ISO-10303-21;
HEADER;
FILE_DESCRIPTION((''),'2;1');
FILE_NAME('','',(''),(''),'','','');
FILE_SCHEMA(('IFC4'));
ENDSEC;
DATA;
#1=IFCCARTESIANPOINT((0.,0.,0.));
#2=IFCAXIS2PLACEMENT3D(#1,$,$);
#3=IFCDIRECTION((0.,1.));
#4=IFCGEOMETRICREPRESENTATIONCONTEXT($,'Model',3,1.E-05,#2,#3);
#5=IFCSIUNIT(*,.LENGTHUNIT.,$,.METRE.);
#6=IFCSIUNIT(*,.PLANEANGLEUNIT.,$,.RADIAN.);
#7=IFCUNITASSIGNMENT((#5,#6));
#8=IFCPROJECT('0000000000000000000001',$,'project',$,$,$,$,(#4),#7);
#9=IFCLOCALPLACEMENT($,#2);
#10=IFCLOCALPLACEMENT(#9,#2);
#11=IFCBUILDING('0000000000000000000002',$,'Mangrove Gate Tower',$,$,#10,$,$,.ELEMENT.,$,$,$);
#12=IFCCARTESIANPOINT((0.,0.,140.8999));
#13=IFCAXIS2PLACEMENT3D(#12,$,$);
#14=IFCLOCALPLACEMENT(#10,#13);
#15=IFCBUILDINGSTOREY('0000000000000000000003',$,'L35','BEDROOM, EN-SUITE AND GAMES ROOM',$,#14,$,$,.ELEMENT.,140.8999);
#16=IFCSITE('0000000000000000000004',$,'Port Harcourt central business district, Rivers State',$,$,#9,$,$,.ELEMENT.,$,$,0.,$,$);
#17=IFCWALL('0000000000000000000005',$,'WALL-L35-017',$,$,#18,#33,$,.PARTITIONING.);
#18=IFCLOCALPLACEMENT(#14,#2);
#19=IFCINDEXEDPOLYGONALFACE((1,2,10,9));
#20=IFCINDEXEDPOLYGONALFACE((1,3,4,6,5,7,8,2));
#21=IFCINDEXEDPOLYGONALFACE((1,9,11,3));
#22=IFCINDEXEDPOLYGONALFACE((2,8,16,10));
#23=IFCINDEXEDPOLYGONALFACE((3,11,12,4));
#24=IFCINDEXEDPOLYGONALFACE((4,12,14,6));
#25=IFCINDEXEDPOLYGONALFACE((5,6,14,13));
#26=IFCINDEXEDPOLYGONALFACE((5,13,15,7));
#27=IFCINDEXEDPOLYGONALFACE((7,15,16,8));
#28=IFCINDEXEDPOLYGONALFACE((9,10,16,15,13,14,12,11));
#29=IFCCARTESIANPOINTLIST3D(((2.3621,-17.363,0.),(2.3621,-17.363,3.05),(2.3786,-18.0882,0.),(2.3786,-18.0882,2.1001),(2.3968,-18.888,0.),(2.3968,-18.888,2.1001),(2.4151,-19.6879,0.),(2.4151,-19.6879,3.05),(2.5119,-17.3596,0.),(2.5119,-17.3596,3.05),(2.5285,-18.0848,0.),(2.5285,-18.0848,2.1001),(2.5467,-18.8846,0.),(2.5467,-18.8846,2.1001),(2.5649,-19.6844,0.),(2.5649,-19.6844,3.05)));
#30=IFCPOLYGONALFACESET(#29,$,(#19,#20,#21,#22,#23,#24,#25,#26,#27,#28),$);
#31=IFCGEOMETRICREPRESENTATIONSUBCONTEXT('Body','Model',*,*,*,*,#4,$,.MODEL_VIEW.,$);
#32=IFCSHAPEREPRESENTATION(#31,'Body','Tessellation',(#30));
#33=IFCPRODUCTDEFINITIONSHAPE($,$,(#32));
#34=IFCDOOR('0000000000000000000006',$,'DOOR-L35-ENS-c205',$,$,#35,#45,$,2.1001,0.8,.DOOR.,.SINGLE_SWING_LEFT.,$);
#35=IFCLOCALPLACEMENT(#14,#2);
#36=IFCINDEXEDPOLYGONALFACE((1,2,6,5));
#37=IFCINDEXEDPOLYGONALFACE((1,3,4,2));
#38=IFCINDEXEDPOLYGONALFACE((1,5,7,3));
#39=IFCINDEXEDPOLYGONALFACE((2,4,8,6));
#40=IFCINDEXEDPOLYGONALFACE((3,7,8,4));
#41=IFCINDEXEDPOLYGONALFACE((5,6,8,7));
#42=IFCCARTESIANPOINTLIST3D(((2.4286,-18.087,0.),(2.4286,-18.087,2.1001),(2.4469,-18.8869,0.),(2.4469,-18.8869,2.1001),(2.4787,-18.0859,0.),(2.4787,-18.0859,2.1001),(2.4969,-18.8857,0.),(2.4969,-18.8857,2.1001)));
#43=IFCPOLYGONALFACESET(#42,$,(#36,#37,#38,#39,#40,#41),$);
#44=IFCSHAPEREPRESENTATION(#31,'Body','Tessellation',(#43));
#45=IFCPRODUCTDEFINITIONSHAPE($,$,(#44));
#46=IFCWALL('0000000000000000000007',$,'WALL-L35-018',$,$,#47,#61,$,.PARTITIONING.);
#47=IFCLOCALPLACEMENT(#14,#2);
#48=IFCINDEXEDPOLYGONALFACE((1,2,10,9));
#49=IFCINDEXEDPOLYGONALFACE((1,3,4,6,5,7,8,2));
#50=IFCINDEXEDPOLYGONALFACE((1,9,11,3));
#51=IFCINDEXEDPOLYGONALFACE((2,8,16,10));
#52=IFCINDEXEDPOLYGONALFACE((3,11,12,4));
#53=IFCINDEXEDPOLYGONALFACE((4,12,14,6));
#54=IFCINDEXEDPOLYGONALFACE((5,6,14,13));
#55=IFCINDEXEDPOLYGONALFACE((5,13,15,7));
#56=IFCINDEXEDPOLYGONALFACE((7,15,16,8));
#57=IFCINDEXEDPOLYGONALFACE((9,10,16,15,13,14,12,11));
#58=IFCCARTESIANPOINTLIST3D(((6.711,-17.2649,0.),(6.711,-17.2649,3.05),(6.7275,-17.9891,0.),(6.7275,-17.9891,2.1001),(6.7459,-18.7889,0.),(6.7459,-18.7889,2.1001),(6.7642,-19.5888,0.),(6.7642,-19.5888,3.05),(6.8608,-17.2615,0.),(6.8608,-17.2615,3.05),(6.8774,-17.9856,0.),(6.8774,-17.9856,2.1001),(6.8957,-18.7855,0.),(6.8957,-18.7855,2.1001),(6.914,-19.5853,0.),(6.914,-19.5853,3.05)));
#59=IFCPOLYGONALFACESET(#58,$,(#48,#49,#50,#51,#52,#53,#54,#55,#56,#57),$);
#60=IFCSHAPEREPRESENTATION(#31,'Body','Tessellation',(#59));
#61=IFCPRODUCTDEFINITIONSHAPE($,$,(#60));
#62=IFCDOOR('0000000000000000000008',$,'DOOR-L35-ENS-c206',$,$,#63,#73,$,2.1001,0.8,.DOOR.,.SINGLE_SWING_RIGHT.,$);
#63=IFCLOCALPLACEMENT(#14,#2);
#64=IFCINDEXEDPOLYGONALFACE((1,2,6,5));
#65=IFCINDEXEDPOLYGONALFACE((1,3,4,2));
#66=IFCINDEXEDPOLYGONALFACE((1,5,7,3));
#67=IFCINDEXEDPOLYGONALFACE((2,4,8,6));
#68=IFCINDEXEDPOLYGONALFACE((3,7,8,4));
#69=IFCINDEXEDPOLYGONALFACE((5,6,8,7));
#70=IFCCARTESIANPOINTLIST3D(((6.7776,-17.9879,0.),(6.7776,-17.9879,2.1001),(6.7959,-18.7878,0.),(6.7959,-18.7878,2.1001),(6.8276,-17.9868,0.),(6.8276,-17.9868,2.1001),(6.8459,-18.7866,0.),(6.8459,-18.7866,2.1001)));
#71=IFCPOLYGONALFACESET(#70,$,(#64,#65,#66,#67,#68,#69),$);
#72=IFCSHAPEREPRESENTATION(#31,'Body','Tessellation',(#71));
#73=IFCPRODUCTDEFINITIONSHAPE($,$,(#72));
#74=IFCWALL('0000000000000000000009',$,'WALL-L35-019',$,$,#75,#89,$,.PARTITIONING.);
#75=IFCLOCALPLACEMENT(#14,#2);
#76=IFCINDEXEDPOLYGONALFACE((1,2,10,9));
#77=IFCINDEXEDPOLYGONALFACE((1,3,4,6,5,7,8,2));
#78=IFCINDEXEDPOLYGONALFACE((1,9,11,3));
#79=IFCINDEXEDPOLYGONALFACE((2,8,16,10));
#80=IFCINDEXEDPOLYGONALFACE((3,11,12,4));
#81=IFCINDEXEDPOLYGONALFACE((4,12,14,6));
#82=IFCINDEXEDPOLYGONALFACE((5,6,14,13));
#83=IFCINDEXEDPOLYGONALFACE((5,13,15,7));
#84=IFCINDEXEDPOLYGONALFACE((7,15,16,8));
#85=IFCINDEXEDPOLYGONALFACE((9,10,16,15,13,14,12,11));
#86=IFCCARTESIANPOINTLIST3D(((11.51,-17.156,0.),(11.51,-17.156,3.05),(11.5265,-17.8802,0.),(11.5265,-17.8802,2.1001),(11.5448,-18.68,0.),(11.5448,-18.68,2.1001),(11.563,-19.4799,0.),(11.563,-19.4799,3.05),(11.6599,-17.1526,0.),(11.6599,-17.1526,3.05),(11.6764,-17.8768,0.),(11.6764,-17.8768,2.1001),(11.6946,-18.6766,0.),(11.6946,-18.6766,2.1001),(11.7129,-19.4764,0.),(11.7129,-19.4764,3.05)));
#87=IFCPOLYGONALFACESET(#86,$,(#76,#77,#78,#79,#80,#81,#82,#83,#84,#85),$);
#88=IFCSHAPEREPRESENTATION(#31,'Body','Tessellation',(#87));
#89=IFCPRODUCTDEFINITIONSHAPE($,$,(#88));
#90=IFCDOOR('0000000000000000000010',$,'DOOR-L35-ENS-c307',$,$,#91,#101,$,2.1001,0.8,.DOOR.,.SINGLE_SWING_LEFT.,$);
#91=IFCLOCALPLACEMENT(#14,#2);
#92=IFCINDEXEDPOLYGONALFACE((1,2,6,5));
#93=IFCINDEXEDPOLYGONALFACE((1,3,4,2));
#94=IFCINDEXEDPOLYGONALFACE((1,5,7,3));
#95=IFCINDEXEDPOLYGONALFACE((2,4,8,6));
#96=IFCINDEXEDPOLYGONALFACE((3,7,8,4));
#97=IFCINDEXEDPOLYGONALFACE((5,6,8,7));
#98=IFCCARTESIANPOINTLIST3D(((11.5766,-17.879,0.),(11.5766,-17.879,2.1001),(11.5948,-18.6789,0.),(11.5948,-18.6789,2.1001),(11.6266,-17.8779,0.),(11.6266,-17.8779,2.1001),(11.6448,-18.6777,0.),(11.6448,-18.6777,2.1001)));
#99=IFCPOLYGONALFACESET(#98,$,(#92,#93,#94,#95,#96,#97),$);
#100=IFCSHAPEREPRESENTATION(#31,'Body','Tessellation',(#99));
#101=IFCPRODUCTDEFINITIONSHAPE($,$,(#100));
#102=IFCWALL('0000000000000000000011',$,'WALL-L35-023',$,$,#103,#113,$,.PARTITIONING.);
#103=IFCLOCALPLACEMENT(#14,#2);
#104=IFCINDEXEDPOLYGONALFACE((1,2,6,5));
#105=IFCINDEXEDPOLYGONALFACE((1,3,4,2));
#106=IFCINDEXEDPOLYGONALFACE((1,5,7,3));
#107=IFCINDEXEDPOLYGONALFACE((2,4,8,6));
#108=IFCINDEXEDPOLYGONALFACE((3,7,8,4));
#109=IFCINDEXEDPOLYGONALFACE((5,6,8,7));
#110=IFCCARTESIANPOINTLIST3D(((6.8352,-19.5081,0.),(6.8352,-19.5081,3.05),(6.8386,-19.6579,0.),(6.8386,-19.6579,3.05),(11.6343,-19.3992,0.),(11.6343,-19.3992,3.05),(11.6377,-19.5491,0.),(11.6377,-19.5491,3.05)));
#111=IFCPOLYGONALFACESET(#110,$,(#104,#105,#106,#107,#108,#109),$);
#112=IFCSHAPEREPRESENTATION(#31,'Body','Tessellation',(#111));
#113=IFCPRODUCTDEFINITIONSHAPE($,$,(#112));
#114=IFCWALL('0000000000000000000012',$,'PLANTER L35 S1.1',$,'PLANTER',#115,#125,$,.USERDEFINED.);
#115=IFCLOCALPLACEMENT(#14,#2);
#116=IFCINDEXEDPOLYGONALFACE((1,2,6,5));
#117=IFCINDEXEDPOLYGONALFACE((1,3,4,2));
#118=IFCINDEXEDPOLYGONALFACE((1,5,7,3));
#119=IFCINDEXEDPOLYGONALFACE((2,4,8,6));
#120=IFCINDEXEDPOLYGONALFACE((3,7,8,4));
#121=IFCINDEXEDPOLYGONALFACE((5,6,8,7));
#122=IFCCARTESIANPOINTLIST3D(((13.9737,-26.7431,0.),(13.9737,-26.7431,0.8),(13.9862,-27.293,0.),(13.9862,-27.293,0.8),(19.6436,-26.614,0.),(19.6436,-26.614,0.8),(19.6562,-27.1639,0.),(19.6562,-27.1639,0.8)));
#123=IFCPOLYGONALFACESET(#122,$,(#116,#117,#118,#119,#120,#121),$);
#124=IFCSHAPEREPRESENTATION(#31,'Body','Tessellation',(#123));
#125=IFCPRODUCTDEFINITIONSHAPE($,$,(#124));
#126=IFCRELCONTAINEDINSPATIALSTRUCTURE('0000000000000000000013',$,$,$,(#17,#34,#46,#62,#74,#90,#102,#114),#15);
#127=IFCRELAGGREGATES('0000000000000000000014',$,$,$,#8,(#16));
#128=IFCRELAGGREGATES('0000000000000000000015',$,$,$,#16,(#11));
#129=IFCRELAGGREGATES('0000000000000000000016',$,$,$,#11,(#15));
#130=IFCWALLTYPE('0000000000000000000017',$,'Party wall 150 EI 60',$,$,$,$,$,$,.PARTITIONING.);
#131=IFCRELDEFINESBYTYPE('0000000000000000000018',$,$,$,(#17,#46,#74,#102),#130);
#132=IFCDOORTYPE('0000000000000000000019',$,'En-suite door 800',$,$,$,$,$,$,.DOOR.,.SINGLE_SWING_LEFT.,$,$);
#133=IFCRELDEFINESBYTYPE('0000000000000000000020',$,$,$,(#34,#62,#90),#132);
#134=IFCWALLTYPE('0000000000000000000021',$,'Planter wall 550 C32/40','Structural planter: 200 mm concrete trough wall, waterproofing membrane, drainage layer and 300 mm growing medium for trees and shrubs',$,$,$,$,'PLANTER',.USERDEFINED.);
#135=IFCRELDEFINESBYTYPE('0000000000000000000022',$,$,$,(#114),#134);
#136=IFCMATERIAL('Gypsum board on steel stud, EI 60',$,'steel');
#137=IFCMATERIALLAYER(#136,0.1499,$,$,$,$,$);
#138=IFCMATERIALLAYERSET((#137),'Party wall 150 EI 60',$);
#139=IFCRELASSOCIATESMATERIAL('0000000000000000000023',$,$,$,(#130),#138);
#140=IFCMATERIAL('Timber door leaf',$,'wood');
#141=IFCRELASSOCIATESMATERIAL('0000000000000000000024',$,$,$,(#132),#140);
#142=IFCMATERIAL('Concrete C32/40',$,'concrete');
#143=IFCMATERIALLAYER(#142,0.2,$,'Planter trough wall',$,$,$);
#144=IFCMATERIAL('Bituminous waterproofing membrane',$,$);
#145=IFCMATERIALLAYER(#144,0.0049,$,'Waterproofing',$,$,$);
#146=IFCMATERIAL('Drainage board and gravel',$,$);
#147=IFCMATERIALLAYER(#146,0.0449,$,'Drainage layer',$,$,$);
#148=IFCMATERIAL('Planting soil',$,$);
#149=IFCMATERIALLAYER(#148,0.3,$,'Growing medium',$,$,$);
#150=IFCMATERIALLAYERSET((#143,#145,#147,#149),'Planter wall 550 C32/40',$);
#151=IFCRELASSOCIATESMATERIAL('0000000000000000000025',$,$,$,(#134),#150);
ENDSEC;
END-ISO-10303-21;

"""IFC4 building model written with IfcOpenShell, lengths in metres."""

from ifc_helpers import new_model, si_unit, direction, frame, frame_2d, origin, place, context, subcontext, project, spatial, rectangle, extrude, material, layer, layer_set, type_object, element, fill, save


model = new_model("IFC4")

# Units and contexts
model_context = context("Model", 3, precision=1e-05, world=origin(), true_north=direction((0.0, 1.0)))
body_context = subcontext(model_context, "Body", "Model", "MODEL_VIEW")
ifc_project = project(units=[si_unit("LENGTHUNIT", "METRE"), si_unit("PLANEANGLEUNIT", "RADIAN")], contexts=[model_context])

# Site, building, storey
site_placement = place(None, origin())
site = spatial("IfcSite", under=ifc_project, at=site_placement, Name="Port Harcourt central business district, Rivers State", CompositionType="ELEMENT", RefElevation=0.0)
building_placement = place(site_placement, origin())
building = spatial("IfcBuilding", under=site, at=building_placement, Name="Mangrove Gate Tower", CompositionType="ELEMENT")
storey_placement = place(building_placement, frame((0.0, 0.0, 140.8999)))
storey = spatial("IfcBuildingStorey", under=building, at=storey_placement, Name="L35", Description="BEDROOM, EN-SUITE AND GAMES ROOM", CompositionType="ELEMENT", Elevation=140.8999)

# Shared definitions
ifc_material_1 = material(Name="Gypsum board on steel stud, EI 60", Category="steel")
ifc_layer_1 = layer(ifc_material_1, 0.1499)
ifc_layer_set_1 = layer_set([ifc_layer_1], Name="Party wall 150 EI 60")
wall_type_1 = type_object("IfcWallType", Name="Party wall 150 EI 60", PredefinedType="PARTITIONING", material=ifc_layer_set_1)

# Walls, openings, doors
wall_1_placement = place(storey_placement, frame((2.49, -19.686, 0.0), z_axis=(0.0, 0.0, 1.0), x_axis=(-0.022781, 0.99974, 0.0)))
wall_1 = element("IfcWall", 1, at=wall_1_placement, inside=storey, type_object=wall_type_1, Name="WALL-L35-017", PredefinedType="PARTITIONING", context=body_context, shape_type="SweptSolid", body=[
    extrude(rectangle(XDim=2.3254, YDim=0.1499, at=frame_2d((1.1626, 0.0))), origin(), (0.0, 0.0, 1.0), 3.05),
])
opening_1_placement = place(wall_1_placement, frame((0.8, 0.0, 0.0)))
opening_1 = element("IfcOpeningElement", 2, at=opening_1_placement, cuts=wall_1, PredefinedType="OPENING", context=body_context, shape_type="SweptSolid", body=[
    extrude(rectangle(XDim=0.8, YDim=2.1001, at=frame_2d((0.3999, 1.05))), frame((0.0, 0.085, 0.0), z_axis=(0.0, -1.0, 0.0), x_axis=(1.0, 0.0, 0.0)), (0.0, 0.0, 1.0), 0.1699),
])
ifc_material_2 = material(Name="Timber door leaf", Category="wood")
door_type_1 = type_object("IfcDoorType", Name="En-suite door 800", OperationType="SINGLE_SWING_LEFT", PredefinedType="DOOR", material=ifc_material_2)
door_1_placement = place(opening_1_placement, origin())
door_1 = element("IfcDoor", 3, at=door_1_placement, inside=storey, type_object=door_type_1, Name="DOOR-L35-ENS-c205", OperationType="SINGLE_SWING_LEFT", OverallHeight=2.1001, OverallWidth=0.8, PredefinedType="DOOR", context=body_context, shape_type="SweptSolid", body=[
    extrude(rectangle(XDim=0.8, YDim=2.1001, at=frame_2d((0.3999, 1.05))), frame((0.0, 0.0249, 0.0), z_axis=(0.0, -1.0, 0.0), x_axis=(1.0, 0.0, 0.0)), (0.0, 0.0, 1.0), 0.05),
])
fill(opening_1, door_1)
wall_2_placement = place(storey_placement, frame((6.8391, -19.5869, 0.0), z_axis=(0.0, 0.0, 1.0), x_axis=(-0.022896, 0.999738, 0.0)))
wall_2 = element("IfcWall", 4, at=wall_2_placement, inside=storey, type_object=wall_type_1, Name="WALL-L35-018", PredefinedType="PARTITIONING", context=body_context, shape_type="SweptSolid", body=[
    extrude(rectangle(XDim=2.3245, YDim=0.1499, at=frame_2d((1.1621, 0.0))), origin(), (0.0, 0.0, 1.0), 3.05),
])
opening_2_placement = place(wall_2_placement, frame((0.8, 0.0, 0.0)))
opening_2 = element("IfcOpeningElement", 5, at=opening_2_placement, cuts=wall_2, PredefinedType="OPENING", context=body_context, shape_type="SweptSolid", body=[
    extrude(rectangle(XDim=0.8, YDim=2.1001, at=frame_2d((0.3999, 1.05))), frame((0.0, 0.085, 0.0), z_axis=(0.0, -1.0, 0.0), x_axis=(1.0, 0.0, 0.0)), (0.0, 0.0, 1.0), 0.1699),
])
door_2_placement = place(opening_2_placement, origin())
door_2 = element("IfcDoor", 6, at=door_2_placement, inside=storey, type_object=door_type_1, Name="DOOR-L35-ENS-c206", OperationType="SINGLE_SWING_RIGHT", OverallHeight=2.1001, OverallWidth=0.8, PredefinedType="DOOR", context=body_context, shape_type="SweptSolid", body=[
    extrude(rectangle(XDim=0.8, YDim=2.1001, at=frame_2d((0.3999, 1.05))), frame((0.0, 0.0249, 0.0), z_axis=(0.0, -1.0, 0.0), x_axis=(1.0, 0.0, 0.0)), (0.0, 0.0, 1.0), 0.05),
])
fill(opening_2, door_2)
wall_3_placement = place(storey_placement, frame((11.6379, -19.478, 0.0), z_axis=(0.0, 0.0, 1.0), x_axis=(-0.022791, 0.99974, 0.0)))
wall_3 = element("IfcWall", 7, at=wall_3_placement, inside=storey, type_object=wall_type_1, Name="WALL-L35-019", PredefinedType="PARTITIONING", context=body_context, shape_type="SweptSolid", body=[
    extrude(rectangle(XDim=2.3245, YDim=0.1499, at=frame_2d((1.1621, 0.0))), origin(), (0.0, 0.0, 1.0), 3.05),
])
opening_3_placement = place(wall_3_placement, frame((0.8, 0.0, 0.0)))
opening_3 = element("IfcOpeningElement", 8, at=opening_3_placement, cuts=wall_3, PredefinedType="OPENING", context=body_context, shape_type="SweptSolid", body=[
    extrude(rectangle(XDim=0.8, YDim=2.1001, at=frame_2d((0.3999, 1.05))), frame((0.0, 0.085, 0.0), z_axis=(0.0, -1.0, 0.0), x_axis=(1.0, 0.0, 0.0)), (0.0, 0.0, 1.0), 0.1699),
])
door_3_placement = place(opening_3_placement, origin())
door_3 = element("IfcDoor", 9, at=door_3_placement, inside=storey, type_object=door_type_1, Name="DOOR-L35-ENS-c307", OperationType="SINGLE_SWING_LEFT", OverallHeight=2.1001, OverallWidth=0.8, PredefinedType="DOOR", context=body_context, shape_type="SweptSolid", body=[
    extrude(rectangle(XDim=0.8, YDim=2.1001, at=frame_2d((0.3999, 1.05))), frame((0.0, 0.0249, 0.0), z_axis=(0.0, -1.0, 0.0), x_axis=(1.0, 0.0, 0.0)), (0.0, 0.0, 1.0), 0.05),
])
fill(opening_3, door_3)

# Walls
wall_4_placement = place(storey_placement, frame((6.8369, -19.583, 0.0), z_axis=(0.0, 0.0, 1.0), x_axis=(0.999743, 0.022683, 0.0)))
element("IfcWall", 10, at=wall_4_placement, inside=storey, type_object=wall_type_1, Name="WALL-L35-023", PredefinedType="PARTITIONING", context=body_context, shape_type="SweptSolid", body=[
    extrude(rectangle(XDim=4.8003, YDim=0.1499, at=frame_2d((2.4001, 0.0))), origin(), (0.0, 0.0, 1.0), 3.05),
])
ifc_material_3 = material(Name="Concrete C32/40", Category="concrete")
ifc_layer_2 = layer(ifc_material_3, 0.2, Name="Planter trough wall")
ifc_material_4 = material(Name="Bituminous waterproofing membrane")
ifc_layer_3 = layer(ifc_material_4, 0.0049, Name="Waterproofing")
ifc_material_5 = material(Name="Drainage board and gravel")
ifc_layer_4 = layer(ifc_material_5, 0.0449, Name="Drainage layer")
ifc_material_6 = material(Name="Planting soil")
ifc_layer_5 = layer(ifc_material_6, 0.3, Name="Growing medium")
ifc_layer_set_2 = layer_set([ifc_layer_2, ifc_layer_3, ifc_layer_4, ifc_layer_5], Name="Planter wall 550 C32/40")
wall_type_2 = type_object("IfcWallType", Name="Planter wall 550 C32/40", Description="Structural planter: 200 mm concrete trough wall, waterproofing membrane, drainage layer and 300 mm growing medium for trees and shrubs", ElementType="PLANTER", PredefinedType="USERDEFINED", material=ifc_layer_set_2)
wall_5_placement = place(storey_placement, frame((13.98, -27.0181, 0.0), z_axis=(0.0, 0.0, 1.0), x_axis=(0.999741, 0.022772, 0.0)))
element("IfcWall", 11, at=wall_5_placement, inside=storey, type_object=wall_type_2, Name="PLANTER L35 S1.1", ObjectType="PLANTER", PredefinedType="USERDEFINED", context=body_context, shape_type="SweptSolid", body=[
    extrude(rectangle(XDim=5.6714, YDim=0.55, at=frame_2d((2.8357, 0.0))), origin(), (0.0, 0.0, 1.0), 0.8),
])

save(model, "model.ifc")
